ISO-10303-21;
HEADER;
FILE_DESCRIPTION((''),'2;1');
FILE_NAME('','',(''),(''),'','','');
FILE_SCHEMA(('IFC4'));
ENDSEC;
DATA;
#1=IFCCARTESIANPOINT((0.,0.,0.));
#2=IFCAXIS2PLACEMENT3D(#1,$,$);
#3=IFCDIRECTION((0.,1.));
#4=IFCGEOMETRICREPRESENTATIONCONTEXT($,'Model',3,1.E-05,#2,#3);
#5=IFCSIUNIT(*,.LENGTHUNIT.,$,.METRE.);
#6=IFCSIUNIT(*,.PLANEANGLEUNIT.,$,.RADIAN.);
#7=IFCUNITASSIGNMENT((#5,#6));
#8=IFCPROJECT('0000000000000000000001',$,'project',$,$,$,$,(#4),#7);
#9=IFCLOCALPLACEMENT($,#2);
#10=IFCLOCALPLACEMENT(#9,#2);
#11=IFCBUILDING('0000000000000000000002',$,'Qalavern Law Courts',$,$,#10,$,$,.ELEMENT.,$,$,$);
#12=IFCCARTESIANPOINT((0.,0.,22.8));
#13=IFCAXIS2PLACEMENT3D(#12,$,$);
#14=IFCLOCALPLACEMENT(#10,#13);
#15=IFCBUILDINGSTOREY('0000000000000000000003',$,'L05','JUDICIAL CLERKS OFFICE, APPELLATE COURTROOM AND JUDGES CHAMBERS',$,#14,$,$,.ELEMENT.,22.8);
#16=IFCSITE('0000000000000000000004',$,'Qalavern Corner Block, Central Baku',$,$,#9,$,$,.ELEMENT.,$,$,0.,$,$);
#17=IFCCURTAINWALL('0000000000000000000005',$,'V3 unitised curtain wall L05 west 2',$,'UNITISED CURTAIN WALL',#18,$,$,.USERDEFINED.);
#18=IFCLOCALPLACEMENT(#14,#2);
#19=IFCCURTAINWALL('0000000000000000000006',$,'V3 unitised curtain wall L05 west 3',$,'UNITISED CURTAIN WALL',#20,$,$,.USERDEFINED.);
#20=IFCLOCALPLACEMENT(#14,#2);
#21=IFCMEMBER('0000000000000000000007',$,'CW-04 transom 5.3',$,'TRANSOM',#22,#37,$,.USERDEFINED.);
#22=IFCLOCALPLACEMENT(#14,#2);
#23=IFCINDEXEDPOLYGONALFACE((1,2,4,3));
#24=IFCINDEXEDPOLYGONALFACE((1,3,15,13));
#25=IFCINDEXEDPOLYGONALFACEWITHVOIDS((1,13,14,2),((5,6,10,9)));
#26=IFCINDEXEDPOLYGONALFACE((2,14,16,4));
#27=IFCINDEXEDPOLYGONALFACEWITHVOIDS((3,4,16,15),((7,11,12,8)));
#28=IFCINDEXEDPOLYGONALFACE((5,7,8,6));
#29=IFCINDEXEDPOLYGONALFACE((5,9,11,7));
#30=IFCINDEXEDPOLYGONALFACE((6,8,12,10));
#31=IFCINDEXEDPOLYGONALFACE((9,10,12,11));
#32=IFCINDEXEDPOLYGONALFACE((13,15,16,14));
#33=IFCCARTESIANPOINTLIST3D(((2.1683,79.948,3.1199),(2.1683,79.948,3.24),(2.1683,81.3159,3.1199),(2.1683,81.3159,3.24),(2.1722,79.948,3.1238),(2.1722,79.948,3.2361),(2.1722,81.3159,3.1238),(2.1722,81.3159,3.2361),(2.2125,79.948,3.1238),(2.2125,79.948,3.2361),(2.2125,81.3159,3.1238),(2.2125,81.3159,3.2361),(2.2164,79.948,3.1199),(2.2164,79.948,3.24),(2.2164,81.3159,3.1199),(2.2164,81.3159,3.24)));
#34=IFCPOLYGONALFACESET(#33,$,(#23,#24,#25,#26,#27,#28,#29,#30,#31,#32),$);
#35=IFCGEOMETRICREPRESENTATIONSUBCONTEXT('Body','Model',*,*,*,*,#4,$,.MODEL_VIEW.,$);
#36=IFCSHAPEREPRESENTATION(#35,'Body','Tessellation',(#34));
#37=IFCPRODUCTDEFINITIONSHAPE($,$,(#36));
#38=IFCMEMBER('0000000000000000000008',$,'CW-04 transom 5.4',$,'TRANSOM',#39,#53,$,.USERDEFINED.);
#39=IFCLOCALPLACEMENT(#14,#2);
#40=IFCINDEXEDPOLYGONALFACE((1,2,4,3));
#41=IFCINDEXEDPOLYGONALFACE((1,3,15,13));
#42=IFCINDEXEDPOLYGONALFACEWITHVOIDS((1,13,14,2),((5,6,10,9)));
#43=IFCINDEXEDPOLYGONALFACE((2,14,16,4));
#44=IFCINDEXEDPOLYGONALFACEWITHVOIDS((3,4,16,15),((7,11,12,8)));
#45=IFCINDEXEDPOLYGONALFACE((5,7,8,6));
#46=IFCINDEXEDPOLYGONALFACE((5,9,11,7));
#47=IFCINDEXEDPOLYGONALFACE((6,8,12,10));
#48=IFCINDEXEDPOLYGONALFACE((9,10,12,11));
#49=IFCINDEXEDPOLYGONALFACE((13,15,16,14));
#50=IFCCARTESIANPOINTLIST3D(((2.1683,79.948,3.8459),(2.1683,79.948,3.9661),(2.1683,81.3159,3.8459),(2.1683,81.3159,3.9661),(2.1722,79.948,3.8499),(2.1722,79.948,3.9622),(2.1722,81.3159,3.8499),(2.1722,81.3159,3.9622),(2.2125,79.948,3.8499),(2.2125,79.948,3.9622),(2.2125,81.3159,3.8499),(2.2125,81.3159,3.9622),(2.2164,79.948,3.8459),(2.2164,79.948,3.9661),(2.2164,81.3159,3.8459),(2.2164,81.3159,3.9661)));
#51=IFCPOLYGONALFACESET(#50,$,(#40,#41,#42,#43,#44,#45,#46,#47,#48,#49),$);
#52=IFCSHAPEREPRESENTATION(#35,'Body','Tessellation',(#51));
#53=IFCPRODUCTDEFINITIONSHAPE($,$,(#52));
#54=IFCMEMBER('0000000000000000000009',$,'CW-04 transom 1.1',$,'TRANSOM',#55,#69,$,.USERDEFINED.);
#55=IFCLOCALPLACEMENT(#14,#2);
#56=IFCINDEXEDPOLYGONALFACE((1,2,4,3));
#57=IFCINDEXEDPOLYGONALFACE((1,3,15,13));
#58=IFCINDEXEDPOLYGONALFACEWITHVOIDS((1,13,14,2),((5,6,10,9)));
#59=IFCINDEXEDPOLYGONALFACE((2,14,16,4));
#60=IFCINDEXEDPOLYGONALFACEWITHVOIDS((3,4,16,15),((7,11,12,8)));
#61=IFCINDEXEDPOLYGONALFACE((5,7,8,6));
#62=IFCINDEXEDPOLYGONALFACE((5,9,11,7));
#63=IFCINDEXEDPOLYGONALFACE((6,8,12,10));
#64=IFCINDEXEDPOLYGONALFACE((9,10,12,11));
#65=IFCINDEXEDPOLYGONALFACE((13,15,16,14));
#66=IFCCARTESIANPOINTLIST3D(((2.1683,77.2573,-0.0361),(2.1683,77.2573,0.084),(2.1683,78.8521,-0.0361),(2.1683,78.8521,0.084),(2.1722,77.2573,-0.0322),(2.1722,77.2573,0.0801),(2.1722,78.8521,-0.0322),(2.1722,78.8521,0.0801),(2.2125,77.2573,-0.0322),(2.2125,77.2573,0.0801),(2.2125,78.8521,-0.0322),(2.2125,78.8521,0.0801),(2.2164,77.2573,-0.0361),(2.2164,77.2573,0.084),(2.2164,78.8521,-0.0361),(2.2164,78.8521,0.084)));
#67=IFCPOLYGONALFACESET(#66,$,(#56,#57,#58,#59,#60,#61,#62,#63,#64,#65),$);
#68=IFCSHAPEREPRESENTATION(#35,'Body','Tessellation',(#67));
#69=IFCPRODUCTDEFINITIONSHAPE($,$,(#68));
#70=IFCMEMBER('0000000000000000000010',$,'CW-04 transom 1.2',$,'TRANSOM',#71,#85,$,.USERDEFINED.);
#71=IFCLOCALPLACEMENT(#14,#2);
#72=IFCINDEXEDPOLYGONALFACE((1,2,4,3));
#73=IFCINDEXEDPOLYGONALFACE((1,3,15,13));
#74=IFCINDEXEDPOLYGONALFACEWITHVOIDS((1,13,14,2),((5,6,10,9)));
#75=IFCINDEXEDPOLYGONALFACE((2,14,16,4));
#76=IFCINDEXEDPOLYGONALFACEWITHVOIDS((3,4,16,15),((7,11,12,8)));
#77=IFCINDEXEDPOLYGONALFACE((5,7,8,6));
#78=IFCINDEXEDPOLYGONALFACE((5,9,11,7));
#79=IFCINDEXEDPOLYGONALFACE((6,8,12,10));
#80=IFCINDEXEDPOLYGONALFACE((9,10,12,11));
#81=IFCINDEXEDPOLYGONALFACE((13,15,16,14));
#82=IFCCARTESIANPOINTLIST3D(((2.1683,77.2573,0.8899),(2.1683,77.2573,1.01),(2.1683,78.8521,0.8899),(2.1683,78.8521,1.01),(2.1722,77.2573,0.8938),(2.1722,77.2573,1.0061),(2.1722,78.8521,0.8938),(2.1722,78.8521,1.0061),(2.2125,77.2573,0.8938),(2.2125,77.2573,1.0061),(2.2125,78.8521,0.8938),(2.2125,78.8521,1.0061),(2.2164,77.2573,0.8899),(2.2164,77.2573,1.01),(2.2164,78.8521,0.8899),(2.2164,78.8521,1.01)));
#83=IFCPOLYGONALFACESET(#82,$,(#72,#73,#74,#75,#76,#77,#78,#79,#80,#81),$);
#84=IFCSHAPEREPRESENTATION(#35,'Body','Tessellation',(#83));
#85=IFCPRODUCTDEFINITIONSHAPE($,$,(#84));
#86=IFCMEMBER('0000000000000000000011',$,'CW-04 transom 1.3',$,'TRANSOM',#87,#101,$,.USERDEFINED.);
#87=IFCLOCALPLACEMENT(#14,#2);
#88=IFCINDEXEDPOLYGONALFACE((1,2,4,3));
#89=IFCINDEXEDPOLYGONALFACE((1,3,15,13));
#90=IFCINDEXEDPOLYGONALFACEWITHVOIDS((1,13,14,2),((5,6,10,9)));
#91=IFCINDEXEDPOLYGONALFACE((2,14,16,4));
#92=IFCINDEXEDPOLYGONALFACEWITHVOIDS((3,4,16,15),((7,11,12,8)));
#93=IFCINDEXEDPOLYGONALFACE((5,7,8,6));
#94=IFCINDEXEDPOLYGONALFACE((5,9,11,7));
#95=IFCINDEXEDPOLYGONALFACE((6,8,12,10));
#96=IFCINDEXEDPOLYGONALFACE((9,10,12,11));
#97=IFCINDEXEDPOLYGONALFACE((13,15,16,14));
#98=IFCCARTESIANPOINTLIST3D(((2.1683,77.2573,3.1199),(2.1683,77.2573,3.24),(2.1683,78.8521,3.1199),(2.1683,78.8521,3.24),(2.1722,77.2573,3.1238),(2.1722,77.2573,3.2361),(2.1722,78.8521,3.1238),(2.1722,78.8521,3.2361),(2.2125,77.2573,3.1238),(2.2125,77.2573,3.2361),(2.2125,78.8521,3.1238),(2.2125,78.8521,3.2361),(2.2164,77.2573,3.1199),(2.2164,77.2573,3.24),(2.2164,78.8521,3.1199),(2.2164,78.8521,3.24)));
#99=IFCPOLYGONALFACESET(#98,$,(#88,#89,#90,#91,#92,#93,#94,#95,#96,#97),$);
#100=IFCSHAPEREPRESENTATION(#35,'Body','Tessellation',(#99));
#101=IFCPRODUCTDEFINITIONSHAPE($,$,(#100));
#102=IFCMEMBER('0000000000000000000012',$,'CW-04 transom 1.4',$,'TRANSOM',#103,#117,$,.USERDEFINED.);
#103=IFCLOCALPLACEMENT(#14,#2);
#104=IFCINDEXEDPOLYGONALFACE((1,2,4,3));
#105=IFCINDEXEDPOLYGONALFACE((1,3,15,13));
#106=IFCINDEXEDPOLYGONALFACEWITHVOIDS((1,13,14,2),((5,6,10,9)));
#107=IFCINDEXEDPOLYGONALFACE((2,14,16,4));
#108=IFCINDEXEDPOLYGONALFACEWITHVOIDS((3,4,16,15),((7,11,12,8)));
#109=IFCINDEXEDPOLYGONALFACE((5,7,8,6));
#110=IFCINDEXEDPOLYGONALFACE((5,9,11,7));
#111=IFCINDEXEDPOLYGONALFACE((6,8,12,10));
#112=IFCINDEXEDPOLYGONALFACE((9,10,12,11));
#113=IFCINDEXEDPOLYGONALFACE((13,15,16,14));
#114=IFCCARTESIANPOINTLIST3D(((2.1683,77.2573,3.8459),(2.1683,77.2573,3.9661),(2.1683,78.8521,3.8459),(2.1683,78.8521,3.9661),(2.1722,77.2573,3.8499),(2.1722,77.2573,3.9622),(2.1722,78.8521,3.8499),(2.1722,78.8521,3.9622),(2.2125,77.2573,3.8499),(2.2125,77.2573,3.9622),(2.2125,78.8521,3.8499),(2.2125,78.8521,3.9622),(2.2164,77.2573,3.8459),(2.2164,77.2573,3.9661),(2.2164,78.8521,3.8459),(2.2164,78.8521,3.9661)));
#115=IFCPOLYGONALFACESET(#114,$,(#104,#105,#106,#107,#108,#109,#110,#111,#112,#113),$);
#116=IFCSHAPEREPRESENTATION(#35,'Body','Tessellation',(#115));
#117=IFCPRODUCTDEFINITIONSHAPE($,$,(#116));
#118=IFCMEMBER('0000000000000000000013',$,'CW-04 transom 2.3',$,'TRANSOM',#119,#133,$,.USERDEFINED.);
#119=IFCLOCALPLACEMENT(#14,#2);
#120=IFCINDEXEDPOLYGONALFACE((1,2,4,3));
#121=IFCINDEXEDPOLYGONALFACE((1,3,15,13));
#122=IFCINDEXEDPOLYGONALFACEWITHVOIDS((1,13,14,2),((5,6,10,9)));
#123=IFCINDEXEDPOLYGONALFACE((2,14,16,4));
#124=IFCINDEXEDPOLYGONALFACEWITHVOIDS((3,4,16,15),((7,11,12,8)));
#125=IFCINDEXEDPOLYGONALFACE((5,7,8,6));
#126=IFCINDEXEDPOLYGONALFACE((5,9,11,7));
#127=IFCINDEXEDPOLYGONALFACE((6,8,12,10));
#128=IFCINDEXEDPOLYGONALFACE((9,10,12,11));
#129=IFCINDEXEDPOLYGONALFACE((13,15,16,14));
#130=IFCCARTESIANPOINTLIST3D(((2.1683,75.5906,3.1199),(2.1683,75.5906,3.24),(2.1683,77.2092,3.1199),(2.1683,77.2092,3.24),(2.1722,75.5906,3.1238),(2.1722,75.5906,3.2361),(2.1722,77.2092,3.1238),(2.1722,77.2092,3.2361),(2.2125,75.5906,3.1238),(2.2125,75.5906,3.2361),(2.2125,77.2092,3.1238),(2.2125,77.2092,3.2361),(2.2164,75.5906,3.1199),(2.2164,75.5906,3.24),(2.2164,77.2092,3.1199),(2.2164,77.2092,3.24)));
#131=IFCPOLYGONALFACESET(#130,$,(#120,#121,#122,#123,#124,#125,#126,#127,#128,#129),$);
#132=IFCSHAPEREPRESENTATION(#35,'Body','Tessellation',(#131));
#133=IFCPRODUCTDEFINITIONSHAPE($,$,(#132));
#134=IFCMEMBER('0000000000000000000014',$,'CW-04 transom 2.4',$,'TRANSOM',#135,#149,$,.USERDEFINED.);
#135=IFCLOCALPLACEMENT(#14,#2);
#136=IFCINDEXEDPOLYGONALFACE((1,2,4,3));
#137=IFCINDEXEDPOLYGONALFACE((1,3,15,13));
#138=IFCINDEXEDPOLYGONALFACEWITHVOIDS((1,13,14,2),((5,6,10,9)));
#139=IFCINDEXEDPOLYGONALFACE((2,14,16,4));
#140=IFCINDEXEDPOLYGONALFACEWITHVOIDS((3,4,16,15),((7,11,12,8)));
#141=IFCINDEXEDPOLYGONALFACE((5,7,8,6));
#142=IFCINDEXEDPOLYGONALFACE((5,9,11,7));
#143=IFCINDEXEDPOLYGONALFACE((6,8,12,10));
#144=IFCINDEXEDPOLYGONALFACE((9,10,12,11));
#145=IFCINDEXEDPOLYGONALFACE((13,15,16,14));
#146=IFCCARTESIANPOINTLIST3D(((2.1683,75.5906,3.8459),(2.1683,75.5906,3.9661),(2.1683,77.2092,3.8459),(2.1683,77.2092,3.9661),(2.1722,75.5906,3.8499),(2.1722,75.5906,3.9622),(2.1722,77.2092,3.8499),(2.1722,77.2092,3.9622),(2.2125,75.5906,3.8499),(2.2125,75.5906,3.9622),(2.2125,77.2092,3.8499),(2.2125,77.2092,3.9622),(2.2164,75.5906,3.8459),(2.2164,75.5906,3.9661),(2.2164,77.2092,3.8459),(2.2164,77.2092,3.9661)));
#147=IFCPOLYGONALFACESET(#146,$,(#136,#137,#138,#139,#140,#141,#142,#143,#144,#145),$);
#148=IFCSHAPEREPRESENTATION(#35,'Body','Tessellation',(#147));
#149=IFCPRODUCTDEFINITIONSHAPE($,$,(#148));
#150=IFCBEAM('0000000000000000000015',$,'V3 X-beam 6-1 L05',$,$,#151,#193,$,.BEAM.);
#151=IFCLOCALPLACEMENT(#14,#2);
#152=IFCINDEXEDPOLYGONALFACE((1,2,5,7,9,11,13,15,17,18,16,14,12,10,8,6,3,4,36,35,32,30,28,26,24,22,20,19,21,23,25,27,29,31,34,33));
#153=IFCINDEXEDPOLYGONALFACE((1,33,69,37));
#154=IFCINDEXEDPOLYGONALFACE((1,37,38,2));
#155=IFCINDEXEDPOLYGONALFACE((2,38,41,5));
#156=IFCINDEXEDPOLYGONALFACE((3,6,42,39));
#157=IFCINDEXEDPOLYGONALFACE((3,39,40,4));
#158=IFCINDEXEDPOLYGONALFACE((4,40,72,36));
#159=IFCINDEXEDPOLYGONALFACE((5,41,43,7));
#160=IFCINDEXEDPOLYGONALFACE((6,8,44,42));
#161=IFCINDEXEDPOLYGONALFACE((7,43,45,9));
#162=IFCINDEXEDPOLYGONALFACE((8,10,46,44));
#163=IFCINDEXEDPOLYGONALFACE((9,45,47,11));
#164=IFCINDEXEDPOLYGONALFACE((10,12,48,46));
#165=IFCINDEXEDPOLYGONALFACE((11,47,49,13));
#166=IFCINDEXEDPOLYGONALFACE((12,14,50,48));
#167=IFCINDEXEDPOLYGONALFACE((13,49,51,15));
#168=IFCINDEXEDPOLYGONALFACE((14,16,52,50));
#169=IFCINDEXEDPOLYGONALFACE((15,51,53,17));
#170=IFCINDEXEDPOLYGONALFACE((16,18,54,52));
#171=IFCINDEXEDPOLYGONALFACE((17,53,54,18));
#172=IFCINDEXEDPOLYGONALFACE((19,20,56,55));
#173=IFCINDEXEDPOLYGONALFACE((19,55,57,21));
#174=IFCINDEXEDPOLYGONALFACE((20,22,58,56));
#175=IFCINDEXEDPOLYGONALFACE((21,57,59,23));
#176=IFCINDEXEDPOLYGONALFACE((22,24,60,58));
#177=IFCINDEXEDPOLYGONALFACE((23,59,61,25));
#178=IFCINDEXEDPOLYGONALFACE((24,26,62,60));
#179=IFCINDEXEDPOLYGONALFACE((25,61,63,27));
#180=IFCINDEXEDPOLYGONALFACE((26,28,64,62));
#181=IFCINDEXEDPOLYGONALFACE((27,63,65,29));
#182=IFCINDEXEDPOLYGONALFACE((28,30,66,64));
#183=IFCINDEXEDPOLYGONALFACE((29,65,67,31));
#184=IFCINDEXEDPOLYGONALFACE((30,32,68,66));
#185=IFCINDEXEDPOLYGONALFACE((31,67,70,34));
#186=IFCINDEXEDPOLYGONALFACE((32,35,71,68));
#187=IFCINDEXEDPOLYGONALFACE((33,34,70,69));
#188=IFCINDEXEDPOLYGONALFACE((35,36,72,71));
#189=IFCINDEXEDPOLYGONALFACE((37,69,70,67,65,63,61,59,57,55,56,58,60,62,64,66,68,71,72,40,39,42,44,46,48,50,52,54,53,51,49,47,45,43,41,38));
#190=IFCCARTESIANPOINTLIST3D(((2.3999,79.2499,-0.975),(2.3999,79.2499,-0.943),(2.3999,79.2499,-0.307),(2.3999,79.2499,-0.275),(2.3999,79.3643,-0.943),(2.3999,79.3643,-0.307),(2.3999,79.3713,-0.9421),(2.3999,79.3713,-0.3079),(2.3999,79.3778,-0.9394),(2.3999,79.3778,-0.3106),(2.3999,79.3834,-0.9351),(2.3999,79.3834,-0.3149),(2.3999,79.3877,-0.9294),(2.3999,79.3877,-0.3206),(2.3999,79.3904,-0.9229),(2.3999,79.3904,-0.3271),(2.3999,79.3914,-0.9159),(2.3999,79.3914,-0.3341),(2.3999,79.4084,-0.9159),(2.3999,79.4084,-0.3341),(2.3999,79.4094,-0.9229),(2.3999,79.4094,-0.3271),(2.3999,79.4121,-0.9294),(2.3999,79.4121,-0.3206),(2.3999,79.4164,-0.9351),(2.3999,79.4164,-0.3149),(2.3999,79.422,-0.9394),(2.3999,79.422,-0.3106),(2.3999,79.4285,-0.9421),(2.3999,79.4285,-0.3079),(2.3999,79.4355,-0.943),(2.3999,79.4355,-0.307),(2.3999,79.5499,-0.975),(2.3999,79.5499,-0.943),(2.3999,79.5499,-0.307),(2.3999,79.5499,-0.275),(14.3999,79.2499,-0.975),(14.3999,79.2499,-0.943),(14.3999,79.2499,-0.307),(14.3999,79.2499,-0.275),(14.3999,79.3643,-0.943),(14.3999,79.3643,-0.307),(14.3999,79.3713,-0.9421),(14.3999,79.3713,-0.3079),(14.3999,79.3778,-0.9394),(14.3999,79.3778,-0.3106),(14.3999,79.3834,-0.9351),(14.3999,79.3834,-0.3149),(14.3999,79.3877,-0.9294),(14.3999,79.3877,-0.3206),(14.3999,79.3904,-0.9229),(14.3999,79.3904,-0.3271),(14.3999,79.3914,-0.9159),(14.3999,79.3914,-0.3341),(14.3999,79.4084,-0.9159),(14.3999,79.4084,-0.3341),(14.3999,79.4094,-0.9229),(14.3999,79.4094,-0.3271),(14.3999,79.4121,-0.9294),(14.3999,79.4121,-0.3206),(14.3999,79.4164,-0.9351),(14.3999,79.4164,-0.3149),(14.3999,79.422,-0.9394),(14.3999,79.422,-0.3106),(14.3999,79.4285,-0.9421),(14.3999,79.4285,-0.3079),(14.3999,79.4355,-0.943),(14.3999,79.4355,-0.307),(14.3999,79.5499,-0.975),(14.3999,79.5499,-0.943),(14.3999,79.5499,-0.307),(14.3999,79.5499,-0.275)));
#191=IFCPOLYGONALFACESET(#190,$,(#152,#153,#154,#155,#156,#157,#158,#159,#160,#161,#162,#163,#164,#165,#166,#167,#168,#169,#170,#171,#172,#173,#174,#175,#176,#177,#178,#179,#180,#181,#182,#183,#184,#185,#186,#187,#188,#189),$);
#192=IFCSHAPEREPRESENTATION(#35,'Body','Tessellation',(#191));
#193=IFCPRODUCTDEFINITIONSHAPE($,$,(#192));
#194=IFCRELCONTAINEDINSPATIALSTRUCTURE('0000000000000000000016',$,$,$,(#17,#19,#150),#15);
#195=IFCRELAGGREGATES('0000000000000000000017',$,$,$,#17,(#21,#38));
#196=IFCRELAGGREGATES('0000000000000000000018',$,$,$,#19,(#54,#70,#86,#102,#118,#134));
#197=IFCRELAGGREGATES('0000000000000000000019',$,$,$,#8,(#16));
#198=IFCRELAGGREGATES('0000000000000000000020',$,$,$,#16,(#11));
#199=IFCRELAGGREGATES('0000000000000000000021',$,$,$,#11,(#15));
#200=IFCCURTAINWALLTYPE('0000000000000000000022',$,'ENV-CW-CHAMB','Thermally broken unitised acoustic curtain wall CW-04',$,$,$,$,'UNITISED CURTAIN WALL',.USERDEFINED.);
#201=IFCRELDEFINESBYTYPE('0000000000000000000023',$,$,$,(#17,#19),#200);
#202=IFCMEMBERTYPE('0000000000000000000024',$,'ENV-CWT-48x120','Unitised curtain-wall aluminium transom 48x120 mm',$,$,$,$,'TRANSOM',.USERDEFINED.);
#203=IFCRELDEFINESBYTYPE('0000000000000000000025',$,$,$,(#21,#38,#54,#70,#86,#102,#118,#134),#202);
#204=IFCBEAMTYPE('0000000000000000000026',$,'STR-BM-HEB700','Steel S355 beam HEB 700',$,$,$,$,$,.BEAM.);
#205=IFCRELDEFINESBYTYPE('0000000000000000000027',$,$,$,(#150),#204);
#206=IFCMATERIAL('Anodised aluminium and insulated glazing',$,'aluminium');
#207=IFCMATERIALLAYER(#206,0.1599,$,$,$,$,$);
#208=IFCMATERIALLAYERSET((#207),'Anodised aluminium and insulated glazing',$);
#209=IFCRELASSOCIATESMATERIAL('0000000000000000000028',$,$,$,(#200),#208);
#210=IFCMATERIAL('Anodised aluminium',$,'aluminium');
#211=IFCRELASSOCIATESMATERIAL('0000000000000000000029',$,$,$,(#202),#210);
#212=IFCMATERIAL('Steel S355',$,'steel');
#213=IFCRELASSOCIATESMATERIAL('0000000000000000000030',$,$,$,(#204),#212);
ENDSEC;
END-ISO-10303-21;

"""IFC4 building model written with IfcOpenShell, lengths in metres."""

from ifc_helpers import new_model, si_unit, direction, frame, origin, origin_2d, place, context, subcontext, project, spatial, hollow_rectangle, i_section, extrude, material, layer, layer_set, material_profile, profile_set, type_object, element, aggregate, save


model = new_model("IFC4")

# Units and contexts
model_context = context("Model", 3, precision=1e-05, world=origin(), true_north=direction((0.0, 1.0)))
body_context = subcontext(model_context, "Body", "Model", "MODEL_VIEW")
ifc_project = project(units=[si_unit("LENGTHUNIT", "METRE"), si_unit("PLANEANGLEUNIT", "RADIAN")], contexts=[model_context])

# Site, building, storey
site_placement = place(None, origin())
site = spatial("IfcSite", under=ifc_project, at=site_placement, Name="Qalavern Corner Block, Central Baku", CompositionType="ELEMENT", RefElevation=0.0)
building_placement = place(site_placement, origin())
building = spatial("IfcBuilding", under=site, at=building_placement, Name="Qalavern Law Courts", CompositionType="ELEMENT")
storey_placement = place(building_placement, frame((0.0, 0.0, 22.8)))
storey = spatial("IfcBuildingStorey", under=building, at=storey_placement, Name="L05", Description="JUDICIAL CLERKS OFFICE, APPELLATE COURTROOM AND JUDGES CHAMBERS", CompositionType="ELEMENT", Elevation=22.8)

# Curtain walls
ifc_material_1 = material(Name="Anodised aluminium and insulated glazing", Category="aluminium")
ifc_layer_1 = layer(ifc_material_1, 0.1599)
ifc_layer_set_1 = layer_set([ifc_layer_1], Name="Anodised aluminium and insulated glazing")
curtain_wall_type = type_object("IfcCurtainWallType", Name="ENV-CW-CHAMB", Description="Thermally broken unitised acoustic curtain wall CW-04", ElementType="UNITISED CURTAIN WALL", PredefinedType="USERDEFINED", material=ifc_layer_set_1)
curtain_wall_1_placement = place(storey_placement, origin())
curtain_wall_1 = element("IfcCurtainWall", 1, at=curtain_wall_1_placement, inside=storey, type_object=curtain_wall_type, Name="V3 unitised curtain wall L05 west 2", ObjectType="UNITISED CURTAIN WALL", PredefinedType="USERDEFINED")
ifc_material_2 = material(Name="Anodised aluminium", Category="aluminium")
curtain_wall_2_placement = place(storey_placement, origin())
curtain_wall_2 = element("IfcCurtainWall", 2, at=curtain_wall_2_placement, inside=storey, type_object=curtain_wall_type, Name="V3 unitised curtain wall L05 west 3", ObjectType="UNITISED CURTAIN WALL", PredefinedType="USERDEFINED")

# Members
ifc_material_profile_1 = material_profile(ifc_material_2, hollow_rectangle(XDim=0.0481, YDim=0.1201, WallThickness=0.0039, at=origin_2d()), Name="ALU TRANSOM 48x120")
ifc_profile_set_1 = profile_set([ifc_material_profile_1], Name="Anodised aluminium")
member_type_1 = type_object("IfcMemberType", Name="ENV-CWT-48x120", Description="Unitised curtain-wall aluminium transom 48x120 mm", ElementType="TRANSOM", PredefinedType="USERDEFINED", material=ifc_profile_set_1)
member_1_placement = place(storey_placement, frame((2.1924, 81.3159, 3.1799), z_axis=(0.0, -1.0, 0.0), x_axis=(1.0, 0.0, 0.0)))
member_1 = element("IfcMember", 3, at=member_1_placement, type_object=member_type_1, Name="CW-04 transom 5.3", ObjectType="TRANSOM", PredefinedType="USERDEFINED", context=body_context, shape_type="SweptSolid", body=[
    extrude(hollow_rectangle(XDim=0.0481, YDim=0.1201, WallThickness=0.0039, at=origin_2d()), origin(), (0.0, 0.0, 1.0), 1.3679),
])
member_2_placement = place(storey_placement, frame((2.1924, 81.3159, 3.906), z_axis=(0.0, -1.0, 0.0), x_axis=(1.0, 0.0, 0.0)))
member_2 = element("IfcMember", 4, at=member_2_placement, type_object=member_type_1, Name="CW-04 transom 5.4", ObjectType="TRANSOM", PredefinedType="USERDEFINED", context=body_context, shape_type="SweptSolid", body=[
    extrude(hollow_rectangle(XDim=0.0481, YDim=0.1201, WallThickness=0.0039, at=origin_2d()), origin(), (0.0, 0.0, 1.0), 1.3679),
])
member_3_placement = place(storey_placement, frame((2.1924, 78.8521, 0.0239), z_axis=(0.0, -1.0, 0.0), x_axis=(1.0, 0.0, 0.0)))
member_3 = element("IfcMember", 5, at=member_3_placement, type_object=member_type_1, Name="CW-04 transom 1.1", ObjectType="TRANSOM", PredefinedType="USERDEFINED", context=body_context, shape_type="SweptSolid", body=[
    extrude(hollow_rectangle(XDim=0.0481, YDim=0.1201, WallThickness=0.0039, at=origin_2d()), origin(), (0.0, 0.0, 1.0), 1.5947),
])
member_4_placement = place(storey_placement, frame((2.1924, 78.8521, 0.95), z_axis=(0.0, -1.0, 0.0), x_axis=(1.0, 0.0, 0.0)))
member_4 = element("IfcMember", 6, at=member_4_placement, type_object=member_type_1, Name="CW-04 transom 1.2", ObjectType="TRANSOM", PredefinedType="USERDEFINED", context=body_context, shape_type="SweptSolid", body=[
    extrude(hollow_rectangle(XDim=0.0481, YDim=0.1201, WallThickness=0.0039, at=origin_2d()), origin(), (0.0, 0.0, 1.0), 1.5947),
])
member_5_placement = place(storey_placement, frame((2.1924, 78.8521, 3.1799), z_axis=(0.0, -1.0, 0.0), x_axis=(1.0, 0.0, 0.0)))
member_5 = element("IfcMember", 7, at=member_5_placement, type_object=member_type_1, Name="CW-04 transom 1.3", ObjectType="TRANSOM", PredefinedType="USERDEFINED", context=body_context, shape_type="SweptSolid", body=[
    extrude(hollow_rectangle(XDim=0.0481, YDim=0.1201, WallThickness=0.0039, at=origin_2d()), origin(), (0.0, 0.0, 1.0), 1.5947),
])
member_6_placement = place(storey_placement, frame((2.1924, 78.8521, 3.906), z_axis=(0.0, -1.0, 0.0), x_axis=(1.0, 0.0, 0.0)))
member_6 = element("IfcMember", 8, at=member_6_placement, type_object=member_type_1, Name="CW-04 transom 1.4", ObjectType="TRANSOM", PredefinedType="USERDEFINED", context=body_context, shape_type="SweptSolid", body=[
    extrude(hollow_rectangle(XDim=0.0481, YDim=0.1201, WallThickness=0.0039, at=origin_2d()), origin(), (0.0, 0.0, 1.0), 1.5947),
])
member_7_placement = place(storey_placement, frame((2.1924, 77.2092, 3.1799), z_axis=(0.0, -1.0, 0.0), x_axis=(1.0, 0.0, 0.0)))
member_7 = element("IfcMember", 9, at=member_7_placement, type_object=member_type_1, Name="CW-04 transom 2.3", ObjectType="TRANSOM", PredefinedType="USERDEFINED", context=body_context, shape_type="SweptSolid", body=[
    extrude(hollow_rectangle(XDim=0.0481, YDim=0.1201, WallThickness=0.0039, at=origin_2d()), origin(), (0.0, 0.0, 1.0), 1.6187),
])
member_8_placement = place(storey_placement, frame((2.1924, 77.2092, 3.906), z_axis=(0.0, -1.0, 0.0), x_axis=(1.0, 0.0, 0.0)))
member_8 = element("IfcMember", 10, at=member_8_placement, type_object=member_type_1, Name="CW-04 transom 2.4", ObjectType="TRANSOM", PredefinedType="USERDEFINED", context=body_context, shape_type="SweptSolid", body=[
    extrude(hollow_rectangle(XDim=0.0481, YDim=0.1201, WallThickness=0.0039, at=origin_2d()), origin(), (0.0, 0.0, 1.0), 1.6187),
])

# Beam
ifc_material_3 = material(Name="Steel S355", Category="steel")
ifc_material_profile_2 = material_profile(ifc_material_3, i_section(OverallWidth=0.3, OverallDepth=0.7, WebThickness=0.0171, FlangeThickness=0.032, FilletRadius=0.0271, at=origin_2d()), Name="HEB 700")
ifc_profile_set_2 = profile_set([ifc_material_profile_2], Name="Steel S355")
beam_type_1 = type_object("IfcBeamType", Name="STR-BM-HEB700", Description="Steel S355 beam HEB 700", PredefinedType="BEAM", material=ifc_profile_set_2)
beam_1_placement = place(storey_placement, frame((2.3999, 79.3999, -0.625), z_axis=(1.0, 0.0, 0.0), x_axis=(0.0, 1.0, 0.0)))
element("IfcBeam", 11, at=beam_1_placement, inside=storey, type_object=beam_type_1, Name="V3 X-beam 6-1 L05", PredefinedType="BEAM", context=body_context, shape_type="SweptSolid", body=[
    extrude(i_section(OverallWidth=0.3, OverallDepth=0.7, WebThickness=0.0171, FlangeThickness=0.032, FilletRadius=0.0271, at=origin_2d()), origin(), (0.0, 0.0, 1.0), 12.0),
])

aggregate(curtain_wall_1, [member_1, member_2])
aggregate(curtain_wall_2, [member_3, member_4, member_5, member_6, member_7, member_8])

save(model, "model.ifc")
